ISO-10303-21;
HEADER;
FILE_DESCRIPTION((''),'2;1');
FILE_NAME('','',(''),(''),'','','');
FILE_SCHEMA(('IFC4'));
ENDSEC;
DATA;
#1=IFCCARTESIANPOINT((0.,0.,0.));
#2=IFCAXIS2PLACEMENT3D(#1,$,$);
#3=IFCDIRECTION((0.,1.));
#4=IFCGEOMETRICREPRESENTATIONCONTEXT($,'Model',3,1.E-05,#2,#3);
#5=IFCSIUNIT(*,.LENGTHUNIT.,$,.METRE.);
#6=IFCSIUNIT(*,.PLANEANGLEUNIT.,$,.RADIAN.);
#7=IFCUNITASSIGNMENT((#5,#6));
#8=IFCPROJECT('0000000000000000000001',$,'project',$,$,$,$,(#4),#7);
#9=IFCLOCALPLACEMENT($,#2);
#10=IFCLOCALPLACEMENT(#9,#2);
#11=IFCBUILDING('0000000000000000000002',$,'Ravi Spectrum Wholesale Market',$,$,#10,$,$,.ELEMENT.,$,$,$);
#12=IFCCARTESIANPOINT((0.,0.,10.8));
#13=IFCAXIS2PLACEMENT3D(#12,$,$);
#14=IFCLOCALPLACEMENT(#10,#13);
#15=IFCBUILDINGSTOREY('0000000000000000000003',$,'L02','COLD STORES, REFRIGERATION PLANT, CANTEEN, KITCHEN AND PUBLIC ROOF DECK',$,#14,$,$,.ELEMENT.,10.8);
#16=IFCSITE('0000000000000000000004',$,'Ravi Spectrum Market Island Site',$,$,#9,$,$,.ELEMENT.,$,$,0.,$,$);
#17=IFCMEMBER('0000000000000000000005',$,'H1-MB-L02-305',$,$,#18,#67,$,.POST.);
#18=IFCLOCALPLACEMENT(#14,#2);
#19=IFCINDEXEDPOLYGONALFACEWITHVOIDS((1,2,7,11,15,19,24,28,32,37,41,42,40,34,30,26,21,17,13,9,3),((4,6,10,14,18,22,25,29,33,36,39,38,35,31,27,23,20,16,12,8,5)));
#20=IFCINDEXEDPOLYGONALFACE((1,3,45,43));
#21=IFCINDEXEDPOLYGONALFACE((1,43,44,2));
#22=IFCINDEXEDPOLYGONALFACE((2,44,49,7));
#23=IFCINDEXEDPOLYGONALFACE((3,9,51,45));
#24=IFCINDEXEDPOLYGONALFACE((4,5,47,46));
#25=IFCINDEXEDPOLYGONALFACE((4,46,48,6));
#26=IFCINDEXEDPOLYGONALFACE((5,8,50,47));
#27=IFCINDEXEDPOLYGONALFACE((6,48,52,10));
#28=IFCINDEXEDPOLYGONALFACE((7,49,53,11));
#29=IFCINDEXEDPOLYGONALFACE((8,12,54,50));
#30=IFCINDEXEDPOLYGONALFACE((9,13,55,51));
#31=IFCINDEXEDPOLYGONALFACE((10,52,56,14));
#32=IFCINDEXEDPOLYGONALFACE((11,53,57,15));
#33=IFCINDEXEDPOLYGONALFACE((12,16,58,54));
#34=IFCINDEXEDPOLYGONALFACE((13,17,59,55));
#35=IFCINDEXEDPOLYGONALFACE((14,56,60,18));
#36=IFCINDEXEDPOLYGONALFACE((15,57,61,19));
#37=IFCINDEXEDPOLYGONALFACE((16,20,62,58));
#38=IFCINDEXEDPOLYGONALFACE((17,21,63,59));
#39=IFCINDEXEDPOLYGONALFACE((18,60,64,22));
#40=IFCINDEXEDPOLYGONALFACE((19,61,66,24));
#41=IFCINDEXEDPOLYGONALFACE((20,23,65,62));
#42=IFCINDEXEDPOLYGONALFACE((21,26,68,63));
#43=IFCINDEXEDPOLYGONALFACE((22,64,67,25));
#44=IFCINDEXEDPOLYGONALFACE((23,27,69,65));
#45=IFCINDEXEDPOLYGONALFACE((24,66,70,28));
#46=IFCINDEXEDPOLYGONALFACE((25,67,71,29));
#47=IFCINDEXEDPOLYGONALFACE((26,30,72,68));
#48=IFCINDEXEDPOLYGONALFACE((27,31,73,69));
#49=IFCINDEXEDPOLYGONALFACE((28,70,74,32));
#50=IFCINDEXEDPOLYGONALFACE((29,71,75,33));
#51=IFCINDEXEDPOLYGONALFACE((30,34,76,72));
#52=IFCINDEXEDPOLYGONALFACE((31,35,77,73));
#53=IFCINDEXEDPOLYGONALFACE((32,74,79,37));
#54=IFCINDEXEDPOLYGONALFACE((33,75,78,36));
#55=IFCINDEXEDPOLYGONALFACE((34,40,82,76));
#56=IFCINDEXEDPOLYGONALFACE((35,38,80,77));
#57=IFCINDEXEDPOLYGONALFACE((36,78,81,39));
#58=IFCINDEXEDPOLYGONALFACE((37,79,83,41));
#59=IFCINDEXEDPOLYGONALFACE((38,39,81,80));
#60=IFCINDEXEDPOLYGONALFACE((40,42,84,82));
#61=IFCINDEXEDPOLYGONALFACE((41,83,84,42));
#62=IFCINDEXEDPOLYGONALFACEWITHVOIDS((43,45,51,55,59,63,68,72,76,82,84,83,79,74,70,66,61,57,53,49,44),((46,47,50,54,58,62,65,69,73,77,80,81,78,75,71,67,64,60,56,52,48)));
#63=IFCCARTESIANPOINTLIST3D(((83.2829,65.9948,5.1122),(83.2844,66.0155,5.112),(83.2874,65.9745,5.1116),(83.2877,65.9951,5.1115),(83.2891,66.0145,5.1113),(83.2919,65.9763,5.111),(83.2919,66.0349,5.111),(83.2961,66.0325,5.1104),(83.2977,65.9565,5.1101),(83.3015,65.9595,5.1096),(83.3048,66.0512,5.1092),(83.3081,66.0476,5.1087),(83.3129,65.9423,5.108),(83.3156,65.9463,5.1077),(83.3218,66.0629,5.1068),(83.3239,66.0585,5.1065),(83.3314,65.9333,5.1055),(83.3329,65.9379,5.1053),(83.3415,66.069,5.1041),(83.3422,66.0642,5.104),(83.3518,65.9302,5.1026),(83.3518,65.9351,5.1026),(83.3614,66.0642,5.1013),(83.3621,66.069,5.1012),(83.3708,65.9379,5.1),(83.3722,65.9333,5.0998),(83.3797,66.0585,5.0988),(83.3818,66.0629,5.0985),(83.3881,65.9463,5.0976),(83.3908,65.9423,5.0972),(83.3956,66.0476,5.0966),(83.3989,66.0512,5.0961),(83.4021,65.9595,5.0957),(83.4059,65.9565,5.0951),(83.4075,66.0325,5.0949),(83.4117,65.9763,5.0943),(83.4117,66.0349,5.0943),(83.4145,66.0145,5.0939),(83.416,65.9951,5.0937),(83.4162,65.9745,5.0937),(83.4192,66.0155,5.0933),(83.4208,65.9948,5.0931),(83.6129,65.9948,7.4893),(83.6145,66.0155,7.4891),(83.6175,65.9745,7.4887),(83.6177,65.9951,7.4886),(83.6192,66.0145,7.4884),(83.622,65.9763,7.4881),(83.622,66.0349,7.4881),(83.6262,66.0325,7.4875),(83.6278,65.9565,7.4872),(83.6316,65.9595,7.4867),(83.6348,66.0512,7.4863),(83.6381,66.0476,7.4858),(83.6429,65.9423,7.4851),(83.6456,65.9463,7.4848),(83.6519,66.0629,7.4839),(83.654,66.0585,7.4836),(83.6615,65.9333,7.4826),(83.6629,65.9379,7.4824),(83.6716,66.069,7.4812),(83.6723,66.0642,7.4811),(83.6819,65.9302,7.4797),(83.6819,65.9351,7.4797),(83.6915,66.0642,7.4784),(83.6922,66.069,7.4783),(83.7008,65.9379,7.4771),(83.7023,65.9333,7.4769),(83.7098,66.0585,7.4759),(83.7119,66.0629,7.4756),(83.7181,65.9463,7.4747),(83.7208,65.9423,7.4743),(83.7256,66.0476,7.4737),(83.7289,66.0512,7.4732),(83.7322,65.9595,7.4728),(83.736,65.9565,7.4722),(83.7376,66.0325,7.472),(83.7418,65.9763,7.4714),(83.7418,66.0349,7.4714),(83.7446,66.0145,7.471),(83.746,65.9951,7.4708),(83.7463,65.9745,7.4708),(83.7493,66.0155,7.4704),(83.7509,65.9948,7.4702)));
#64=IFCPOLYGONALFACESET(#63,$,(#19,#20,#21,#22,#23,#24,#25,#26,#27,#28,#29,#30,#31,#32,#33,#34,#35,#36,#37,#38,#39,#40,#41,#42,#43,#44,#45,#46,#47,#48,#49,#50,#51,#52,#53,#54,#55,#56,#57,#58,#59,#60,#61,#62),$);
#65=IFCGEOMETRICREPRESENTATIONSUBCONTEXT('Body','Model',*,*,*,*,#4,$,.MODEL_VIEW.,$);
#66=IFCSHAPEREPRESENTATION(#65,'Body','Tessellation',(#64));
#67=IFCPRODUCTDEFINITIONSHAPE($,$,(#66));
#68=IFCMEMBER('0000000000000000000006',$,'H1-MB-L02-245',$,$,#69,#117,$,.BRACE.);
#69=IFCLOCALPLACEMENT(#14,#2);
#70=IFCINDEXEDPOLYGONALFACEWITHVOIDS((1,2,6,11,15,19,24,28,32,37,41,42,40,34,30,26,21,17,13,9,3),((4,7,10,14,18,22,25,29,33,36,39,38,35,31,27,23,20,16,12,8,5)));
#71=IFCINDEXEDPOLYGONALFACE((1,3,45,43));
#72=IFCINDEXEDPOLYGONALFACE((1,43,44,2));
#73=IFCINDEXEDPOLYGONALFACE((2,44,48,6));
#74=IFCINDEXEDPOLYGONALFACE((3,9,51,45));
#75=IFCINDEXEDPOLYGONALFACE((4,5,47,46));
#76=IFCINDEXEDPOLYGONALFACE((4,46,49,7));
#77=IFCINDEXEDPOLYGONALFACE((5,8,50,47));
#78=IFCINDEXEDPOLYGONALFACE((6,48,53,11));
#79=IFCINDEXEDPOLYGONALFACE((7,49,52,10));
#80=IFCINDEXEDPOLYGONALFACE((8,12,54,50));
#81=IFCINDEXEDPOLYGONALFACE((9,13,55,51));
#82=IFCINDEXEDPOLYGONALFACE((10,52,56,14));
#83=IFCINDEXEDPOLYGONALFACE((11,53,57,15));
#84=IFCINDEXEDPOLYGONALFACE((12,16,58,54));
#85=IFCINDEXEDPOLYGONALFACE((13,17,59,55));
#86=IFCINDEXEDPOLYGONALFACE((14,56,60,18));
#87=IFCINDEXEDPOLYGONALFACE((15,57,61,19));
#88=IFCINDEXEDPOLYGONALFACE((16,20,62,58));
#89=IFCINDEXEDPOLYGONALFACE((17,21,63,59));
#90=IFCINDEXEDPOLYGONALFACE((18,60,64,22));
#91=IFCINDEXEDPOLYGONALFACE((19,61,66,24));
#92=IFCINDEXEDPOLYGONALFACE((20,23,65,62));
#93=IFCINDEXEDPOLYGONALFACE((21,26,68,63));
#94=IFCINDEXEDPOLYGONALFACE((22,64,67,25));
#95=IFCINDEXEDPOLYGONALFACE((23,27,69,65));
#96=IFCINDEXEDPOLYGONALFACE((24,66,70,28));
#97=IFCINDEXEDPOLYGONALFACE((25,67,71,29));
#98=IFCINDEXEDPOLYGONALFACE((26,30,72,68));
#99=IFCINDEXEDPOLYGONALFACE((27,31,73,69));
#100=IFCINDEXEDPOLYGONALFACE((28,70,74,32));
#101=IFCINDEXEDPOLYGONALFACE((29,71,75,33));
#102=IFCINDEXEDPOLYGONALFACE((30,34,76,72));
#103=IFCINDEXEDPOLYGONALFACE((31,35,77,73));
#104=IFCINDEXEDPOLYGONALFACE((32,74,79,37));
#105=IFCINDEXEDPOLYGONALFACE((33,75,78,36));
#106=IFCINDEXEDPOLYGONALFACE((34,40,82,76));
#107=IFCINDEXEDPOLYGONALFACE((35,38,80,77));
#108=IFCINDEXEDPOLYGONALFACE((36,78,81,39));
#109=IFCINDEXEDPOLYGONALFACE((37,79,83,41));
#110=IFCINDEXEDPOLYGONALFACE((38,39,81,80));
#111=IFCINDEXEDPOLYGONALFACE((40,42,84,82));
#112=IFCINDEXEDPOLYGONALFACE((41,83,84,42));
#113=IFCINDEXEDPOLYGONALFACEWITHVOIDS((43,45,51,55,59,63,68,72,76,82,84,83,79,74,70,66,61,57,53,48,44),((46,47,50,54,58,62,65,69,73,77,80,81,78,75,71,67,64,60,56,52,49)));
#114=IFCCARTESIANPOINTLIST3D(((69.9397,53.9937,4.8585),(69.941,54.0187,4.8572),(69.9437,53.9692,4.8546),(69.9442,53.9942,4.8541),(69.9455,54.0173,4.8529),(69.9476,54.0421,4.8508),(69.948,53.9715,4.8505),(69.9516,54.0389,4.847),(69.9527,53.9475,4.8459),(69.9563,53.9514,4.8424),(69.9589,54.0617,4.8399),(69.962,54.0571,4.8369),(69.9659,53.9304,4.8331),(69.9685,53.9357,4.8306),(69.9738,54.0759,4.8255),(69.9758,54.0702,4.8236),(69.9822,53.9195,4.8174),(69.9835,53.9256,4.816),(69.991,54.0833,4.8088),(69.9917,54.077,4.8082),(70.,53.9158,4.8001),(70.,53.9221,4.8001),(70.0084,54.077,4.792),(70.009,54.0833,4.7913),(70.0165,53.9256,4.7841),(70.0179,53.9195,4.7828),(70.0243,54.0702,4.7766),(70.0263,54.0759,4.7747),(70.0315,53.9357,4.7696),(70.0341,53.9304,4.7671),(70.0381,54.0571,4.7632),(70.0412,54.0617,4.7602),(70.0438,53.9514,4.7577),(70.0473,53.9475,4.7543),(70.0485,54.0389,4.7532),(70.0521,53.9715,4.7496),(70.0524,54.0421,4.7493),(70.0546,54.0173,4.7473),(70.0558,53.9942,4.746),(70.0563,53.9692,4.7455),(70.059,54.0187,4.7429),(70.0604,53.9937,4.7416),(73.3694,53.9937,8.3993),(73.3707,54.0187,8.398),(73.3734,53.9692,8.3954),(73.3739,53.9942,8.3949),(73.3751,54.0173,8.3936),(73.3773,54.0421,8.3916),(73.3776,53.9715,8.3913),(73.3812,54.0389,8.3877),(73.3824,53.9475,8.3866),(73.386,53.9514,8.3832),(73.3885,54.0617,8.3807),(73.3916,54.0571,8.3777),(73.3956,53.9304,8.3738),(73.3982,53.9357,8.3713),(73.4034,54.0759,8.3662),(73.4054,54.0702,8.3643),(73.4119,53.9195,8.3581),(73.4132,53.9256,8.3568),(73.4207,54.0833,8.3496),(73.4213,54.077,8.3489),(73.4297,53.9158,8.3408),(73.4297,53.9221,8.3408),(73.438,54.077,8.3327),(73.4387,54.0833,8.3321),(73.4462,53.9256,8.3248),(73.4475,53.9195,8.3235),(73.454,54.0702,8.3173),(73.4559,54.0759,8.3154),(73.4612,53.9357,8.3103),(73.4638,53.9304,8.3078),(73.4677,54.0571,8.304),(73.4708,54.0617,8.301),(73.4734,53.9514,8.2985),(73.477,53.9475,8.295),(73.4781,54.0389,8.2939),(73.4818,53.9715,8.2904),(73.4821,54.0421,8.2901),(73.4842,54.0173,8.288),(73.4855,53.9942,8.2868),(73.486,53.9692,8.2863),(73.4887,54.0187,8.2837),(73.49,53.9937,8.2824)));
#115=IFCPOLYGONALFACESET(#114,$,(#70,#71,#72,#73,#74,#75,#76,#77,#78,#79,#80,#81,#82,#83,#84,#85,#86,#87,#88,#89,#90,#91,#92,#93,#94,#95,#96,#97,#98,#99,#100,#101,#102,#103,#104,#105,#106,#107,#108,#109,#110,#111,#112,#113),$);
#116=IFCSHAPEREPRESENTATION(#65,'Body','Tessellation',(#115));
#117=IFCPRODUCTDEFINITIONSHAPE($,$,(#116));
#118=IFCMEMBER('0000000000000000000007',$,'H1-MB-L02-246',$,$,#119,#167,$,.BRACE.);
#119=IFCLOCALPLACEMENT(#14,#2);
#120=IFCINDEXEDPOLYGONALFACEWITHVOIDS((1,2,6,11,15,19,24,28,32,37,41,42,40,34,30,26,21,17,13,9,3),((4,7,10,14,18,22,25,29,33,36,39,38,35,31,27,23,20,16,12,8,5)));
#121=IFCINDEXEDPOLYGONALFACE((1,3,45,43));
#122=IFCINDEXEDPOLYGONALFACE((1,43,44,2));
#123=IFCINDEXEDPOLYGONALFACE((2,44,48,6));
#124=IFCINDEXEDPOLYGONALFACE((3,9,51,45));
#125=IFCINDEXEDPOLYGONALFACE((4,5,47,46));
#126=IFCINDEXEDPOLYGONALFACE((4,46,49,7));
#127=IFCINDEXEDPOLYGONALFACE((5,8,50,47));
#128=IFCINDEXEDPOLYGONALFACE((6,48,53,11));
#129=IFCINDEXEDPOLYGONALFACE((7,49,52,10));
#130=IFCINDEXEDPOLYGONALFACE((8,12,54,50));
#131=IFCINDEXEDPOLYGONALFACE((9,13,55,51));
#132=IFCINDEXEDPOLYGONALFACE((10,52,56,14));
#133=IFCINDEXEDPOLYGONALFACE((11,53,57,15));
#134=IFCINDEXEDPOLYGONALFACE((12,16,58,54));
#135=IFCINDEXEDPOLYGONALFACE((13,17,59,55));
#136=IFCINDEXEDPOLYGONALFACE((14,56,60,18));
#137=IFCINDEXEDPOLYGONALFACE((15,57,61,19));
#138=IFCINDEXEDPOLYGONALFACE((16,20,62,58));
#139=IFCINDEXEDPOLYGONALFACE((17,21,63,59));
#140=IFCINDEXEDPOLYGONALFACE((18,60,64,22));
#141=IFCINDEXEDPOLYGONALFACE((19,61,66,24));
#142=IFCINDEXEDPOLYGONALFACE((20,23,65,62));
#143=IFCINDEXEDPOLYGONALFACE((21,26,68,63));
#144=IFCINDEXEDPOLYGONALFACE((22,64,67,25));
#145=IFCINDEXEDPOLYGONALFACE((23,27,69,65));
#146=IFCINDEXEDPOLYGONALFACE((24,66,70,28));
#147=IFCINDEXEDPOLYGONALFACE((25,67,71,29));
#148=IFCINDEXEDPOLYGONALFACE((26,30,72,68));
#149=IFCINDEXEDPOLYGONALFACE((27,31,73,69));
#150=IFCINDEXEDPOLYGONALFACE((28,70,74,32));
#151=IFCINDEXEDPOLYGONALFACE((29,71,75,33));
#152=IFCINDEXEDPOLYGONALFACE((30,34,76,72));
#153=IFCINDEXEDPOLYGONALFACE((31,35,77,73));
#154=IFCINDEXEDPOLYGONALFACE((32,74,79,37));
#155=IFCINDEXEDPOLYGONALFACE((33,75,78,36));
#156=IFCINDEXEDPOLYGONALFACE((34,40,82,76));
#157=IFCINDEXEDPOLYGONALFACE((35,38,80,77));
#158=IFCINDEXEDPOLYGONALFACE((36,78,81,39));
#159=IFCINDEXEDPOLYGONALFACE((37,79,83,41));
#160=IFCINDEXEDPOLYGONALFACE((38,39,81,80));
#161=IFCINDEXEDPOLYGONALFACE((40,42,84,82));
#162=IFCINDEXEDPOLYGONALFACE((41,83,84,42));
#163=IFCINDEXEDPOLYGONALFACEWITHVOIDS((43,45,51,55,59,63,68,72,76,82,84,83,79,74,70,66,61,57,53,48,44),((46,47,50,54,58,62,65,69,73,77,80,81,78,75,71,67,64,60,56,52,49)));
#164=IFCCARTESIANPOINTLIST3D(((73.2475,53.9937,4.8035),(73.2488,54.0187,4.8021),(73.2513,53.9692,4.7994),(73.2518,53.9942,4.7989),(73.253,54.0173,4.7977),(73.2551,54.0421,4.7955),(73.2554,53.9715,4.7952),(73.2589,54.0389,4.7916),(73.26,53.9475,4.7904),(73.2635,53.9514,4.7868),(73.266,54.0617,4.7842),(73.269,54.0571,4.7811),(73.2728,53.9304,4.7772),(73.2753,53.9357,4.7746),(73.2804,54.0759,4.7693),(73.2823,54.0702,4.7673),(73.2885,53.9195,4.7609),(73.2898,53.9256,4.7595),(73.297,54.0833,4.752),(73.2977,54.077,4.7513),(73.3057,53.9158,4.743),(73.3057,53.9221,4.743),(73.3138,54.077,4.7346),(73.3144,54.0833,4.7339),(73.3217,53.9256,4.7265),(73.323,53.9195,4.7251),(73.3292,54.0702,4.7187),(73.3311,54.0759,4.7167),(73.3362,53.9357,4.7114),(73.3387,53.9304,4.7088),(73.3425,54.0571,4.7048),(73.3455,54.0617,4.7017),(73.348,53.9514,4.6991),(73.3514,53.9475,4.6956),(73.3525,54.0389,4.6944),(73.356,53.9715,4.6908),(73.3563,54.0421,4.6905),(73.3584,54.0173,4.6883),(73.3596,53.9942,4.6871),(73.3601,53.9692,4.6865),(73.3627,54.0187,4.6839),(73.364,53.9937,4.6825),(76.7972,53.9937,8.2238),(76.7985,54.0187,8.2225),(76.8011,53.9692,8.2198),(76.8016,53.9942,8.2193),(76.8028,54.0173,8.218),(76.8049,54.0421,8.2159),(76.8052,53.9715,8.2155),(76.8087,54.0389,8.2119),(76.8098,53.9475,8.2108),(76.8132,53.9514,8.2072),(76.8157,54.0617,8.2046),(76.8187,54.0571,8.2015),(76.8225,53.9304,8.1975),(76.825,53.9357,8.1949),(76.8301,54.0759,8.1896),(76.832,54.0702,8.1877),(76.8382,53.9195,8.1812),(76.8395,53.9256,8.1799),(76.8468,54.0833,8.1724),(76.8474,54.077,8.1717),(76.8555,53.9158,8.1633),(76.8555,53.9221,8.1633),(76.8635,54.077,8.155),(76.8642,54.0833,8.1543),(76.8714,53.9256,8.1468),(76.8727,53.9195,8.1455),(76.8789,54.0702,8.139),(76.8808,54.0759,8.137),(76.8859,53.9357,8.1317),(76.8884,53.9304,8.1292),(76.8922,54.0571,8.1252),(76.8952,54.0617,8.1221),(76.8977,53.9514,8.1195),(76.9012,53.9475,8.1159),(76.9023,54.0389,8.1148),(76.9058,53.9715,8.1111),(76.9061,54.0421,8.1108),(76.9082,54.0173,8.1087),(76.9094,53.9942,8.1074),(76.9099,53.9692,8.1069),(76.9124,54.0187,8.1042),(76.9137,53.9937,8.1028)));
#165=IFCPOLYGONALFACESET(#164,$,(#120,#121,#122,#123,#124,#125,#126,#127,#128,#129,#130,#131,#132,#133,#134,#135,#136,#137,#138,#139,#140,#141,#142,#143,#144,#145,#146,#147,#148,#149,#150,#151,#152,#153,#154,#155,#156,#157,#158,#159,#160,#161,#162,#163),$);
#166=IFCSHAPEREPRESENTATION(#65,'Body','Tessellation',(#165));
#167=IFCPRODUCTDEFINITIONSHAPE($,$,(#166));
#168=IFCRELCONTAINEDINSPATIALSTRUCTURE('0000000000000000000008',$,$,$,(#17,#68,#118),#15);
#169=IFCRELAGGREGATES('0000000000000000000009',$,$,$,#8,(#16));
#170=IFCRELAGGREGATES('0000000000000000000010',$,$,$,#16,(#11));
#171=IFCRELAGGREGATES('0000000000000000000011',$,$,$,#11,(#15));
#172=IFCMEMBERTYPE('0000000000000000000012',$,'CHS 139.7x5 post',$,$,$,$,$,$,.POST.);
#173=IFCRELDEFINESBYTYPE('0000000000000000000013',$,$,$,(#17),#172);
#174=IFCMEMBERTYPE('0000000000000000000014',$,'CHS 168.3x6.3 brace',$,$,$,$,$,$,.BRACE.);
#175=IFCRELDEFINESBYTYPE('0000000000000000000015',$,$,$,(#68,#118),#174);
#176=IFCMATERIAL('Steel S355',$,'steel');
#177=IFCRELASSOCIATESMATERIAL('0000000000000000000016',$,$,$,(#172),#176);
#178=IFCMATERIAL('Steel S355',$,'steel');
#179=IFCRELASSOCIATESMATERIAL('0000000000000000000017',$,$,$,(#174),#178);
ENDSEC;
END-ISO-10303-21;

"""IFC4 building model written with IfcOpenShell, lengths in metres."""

from ifc_helpers import new_model, si_unit, direction, frame, origin, origin_2d, place, context, subcontext, project, spatial, hollow_circle, extrude, material, material_profile, profile_set, type_object, element, save


model = new_model("IFC4")

# Units and contexts
model_context = context("Model", 3, precision=1e-05, world=origin(), true_north=direction((0.0, 1.0)))
body_context = subcontext(model_context, "Body", "Model", "MODEL_VIEW")
ifc_project = project(units=[si_unit("LENGTHUNIT", "METRE"), si_unit("PLANEANGLEUNIT", "RADIAN")], contexts=[model_context])

# Site, building, storey
site_placement = place(None, origin())
site = spatial("IfcSite", under=ifc_project, at=site_placement, Name="Ravi Spectrum Market Island Site", CompositionType="ELEMENT", RefElevation=0.0)
building_placement = place(site_placement, origin())
building = spatial("IfcBuilding", under=site, at=building_placement, Name="Ravi Spectrum Wholesale Market", CompositionType="ELEMENT")
storey_placement = place(building_placement, frame((0.0, 0.0, 10.8)))
storey = spatial("IfcBuildingStorey", under=building, at=storey_placement, Name="L02", Description="COLD STORES, REFRIGERATION PLANT, CANTEEN, KITCHEN AND PUBLIC ROOF DECK", CompositionType="ELEMENT", Elevation=10.8)

# Members
ifc_material_1 = material(Name="Steel S355", Category="steel")
ifc_material_profile_1 = material_profile(ifc_material_1, hollow_circle(Radius=0.0698, WallThickness=0.0049, at=origin_2d()))
ifc_profile_set_1 = profile_set([ifc_material_profile_1], Name="Steel S355")
member_type_1 = type_object("IfcMemberType", Name="CHS 139.7x5 post", PredefinedType="POST", material=ifc_profile_set_1)
member_1_placement = place(storey_placement, frame((83.6819, 66.0, 7.4797), z_axis=(-0.137532, 0.0, -0.990497), x_axis=(0.0, -1.0, 0.0)))
element("IfcMember", 1, at=member_1_placement, inside=storey, type_object=member_type_1, Name="H1-MB-L02-305", PredefinedType="POST", context=body_context, shape_type="SweptSolid", body=[
    extrude(hollow_circle(Radius=0.0698, WallThickness=0.0049, at=origin_2d()), origin(), (0.0, 0.0, 1.0), 2.3999),
])
ifc_material_2 = material(Name="Steel S355", Category="steel")
ifc_material_profile_2 = material_profile(ifc_material_2, hollow_circle(Radius=0.0842, WallThickness=0.0063, at=origin_2d()))
ifc_profile_set_2 = profile_set([ifc_material_profile_2], Name="Steel S355")
member_type_2 = type_object("IfcMemberType", Name="CHS 168.3x6.3 brace", PredefinedType="BRACE", material=ifc_profile_set_2)
for number, where, z_axis, x_axis, name in (
    (2, (73.4297, 54.0, 8.3408), (-0.69575, 0.0, -0.718284), (0.0, -1.0, 0.0), "H1-MB-L02-245"),
    (3, (76.8555, 54.0, 8.1633), (-0.720109, 0.0, -0.693861), (0.0, -1.0, 0.0), "H1-MB-L02-246"),
):
    element("IfcMember", number, at=place(storey_placement, frame(where, z_axis=z_axis, x_axis=x_axis)), inside=storey, type_object=member_type_2, Name=name, PredefinedType="BRACE", context=body_context, shape_type="SweptSolid", body=[
        extrude(hollow_circle(Radius=0.0842, WallThickness=0.0063, at=origin_2d()), origin(), (0.0, 0.0, 1.0), 4.9294),
    ])

save(model, "model.ifc")
